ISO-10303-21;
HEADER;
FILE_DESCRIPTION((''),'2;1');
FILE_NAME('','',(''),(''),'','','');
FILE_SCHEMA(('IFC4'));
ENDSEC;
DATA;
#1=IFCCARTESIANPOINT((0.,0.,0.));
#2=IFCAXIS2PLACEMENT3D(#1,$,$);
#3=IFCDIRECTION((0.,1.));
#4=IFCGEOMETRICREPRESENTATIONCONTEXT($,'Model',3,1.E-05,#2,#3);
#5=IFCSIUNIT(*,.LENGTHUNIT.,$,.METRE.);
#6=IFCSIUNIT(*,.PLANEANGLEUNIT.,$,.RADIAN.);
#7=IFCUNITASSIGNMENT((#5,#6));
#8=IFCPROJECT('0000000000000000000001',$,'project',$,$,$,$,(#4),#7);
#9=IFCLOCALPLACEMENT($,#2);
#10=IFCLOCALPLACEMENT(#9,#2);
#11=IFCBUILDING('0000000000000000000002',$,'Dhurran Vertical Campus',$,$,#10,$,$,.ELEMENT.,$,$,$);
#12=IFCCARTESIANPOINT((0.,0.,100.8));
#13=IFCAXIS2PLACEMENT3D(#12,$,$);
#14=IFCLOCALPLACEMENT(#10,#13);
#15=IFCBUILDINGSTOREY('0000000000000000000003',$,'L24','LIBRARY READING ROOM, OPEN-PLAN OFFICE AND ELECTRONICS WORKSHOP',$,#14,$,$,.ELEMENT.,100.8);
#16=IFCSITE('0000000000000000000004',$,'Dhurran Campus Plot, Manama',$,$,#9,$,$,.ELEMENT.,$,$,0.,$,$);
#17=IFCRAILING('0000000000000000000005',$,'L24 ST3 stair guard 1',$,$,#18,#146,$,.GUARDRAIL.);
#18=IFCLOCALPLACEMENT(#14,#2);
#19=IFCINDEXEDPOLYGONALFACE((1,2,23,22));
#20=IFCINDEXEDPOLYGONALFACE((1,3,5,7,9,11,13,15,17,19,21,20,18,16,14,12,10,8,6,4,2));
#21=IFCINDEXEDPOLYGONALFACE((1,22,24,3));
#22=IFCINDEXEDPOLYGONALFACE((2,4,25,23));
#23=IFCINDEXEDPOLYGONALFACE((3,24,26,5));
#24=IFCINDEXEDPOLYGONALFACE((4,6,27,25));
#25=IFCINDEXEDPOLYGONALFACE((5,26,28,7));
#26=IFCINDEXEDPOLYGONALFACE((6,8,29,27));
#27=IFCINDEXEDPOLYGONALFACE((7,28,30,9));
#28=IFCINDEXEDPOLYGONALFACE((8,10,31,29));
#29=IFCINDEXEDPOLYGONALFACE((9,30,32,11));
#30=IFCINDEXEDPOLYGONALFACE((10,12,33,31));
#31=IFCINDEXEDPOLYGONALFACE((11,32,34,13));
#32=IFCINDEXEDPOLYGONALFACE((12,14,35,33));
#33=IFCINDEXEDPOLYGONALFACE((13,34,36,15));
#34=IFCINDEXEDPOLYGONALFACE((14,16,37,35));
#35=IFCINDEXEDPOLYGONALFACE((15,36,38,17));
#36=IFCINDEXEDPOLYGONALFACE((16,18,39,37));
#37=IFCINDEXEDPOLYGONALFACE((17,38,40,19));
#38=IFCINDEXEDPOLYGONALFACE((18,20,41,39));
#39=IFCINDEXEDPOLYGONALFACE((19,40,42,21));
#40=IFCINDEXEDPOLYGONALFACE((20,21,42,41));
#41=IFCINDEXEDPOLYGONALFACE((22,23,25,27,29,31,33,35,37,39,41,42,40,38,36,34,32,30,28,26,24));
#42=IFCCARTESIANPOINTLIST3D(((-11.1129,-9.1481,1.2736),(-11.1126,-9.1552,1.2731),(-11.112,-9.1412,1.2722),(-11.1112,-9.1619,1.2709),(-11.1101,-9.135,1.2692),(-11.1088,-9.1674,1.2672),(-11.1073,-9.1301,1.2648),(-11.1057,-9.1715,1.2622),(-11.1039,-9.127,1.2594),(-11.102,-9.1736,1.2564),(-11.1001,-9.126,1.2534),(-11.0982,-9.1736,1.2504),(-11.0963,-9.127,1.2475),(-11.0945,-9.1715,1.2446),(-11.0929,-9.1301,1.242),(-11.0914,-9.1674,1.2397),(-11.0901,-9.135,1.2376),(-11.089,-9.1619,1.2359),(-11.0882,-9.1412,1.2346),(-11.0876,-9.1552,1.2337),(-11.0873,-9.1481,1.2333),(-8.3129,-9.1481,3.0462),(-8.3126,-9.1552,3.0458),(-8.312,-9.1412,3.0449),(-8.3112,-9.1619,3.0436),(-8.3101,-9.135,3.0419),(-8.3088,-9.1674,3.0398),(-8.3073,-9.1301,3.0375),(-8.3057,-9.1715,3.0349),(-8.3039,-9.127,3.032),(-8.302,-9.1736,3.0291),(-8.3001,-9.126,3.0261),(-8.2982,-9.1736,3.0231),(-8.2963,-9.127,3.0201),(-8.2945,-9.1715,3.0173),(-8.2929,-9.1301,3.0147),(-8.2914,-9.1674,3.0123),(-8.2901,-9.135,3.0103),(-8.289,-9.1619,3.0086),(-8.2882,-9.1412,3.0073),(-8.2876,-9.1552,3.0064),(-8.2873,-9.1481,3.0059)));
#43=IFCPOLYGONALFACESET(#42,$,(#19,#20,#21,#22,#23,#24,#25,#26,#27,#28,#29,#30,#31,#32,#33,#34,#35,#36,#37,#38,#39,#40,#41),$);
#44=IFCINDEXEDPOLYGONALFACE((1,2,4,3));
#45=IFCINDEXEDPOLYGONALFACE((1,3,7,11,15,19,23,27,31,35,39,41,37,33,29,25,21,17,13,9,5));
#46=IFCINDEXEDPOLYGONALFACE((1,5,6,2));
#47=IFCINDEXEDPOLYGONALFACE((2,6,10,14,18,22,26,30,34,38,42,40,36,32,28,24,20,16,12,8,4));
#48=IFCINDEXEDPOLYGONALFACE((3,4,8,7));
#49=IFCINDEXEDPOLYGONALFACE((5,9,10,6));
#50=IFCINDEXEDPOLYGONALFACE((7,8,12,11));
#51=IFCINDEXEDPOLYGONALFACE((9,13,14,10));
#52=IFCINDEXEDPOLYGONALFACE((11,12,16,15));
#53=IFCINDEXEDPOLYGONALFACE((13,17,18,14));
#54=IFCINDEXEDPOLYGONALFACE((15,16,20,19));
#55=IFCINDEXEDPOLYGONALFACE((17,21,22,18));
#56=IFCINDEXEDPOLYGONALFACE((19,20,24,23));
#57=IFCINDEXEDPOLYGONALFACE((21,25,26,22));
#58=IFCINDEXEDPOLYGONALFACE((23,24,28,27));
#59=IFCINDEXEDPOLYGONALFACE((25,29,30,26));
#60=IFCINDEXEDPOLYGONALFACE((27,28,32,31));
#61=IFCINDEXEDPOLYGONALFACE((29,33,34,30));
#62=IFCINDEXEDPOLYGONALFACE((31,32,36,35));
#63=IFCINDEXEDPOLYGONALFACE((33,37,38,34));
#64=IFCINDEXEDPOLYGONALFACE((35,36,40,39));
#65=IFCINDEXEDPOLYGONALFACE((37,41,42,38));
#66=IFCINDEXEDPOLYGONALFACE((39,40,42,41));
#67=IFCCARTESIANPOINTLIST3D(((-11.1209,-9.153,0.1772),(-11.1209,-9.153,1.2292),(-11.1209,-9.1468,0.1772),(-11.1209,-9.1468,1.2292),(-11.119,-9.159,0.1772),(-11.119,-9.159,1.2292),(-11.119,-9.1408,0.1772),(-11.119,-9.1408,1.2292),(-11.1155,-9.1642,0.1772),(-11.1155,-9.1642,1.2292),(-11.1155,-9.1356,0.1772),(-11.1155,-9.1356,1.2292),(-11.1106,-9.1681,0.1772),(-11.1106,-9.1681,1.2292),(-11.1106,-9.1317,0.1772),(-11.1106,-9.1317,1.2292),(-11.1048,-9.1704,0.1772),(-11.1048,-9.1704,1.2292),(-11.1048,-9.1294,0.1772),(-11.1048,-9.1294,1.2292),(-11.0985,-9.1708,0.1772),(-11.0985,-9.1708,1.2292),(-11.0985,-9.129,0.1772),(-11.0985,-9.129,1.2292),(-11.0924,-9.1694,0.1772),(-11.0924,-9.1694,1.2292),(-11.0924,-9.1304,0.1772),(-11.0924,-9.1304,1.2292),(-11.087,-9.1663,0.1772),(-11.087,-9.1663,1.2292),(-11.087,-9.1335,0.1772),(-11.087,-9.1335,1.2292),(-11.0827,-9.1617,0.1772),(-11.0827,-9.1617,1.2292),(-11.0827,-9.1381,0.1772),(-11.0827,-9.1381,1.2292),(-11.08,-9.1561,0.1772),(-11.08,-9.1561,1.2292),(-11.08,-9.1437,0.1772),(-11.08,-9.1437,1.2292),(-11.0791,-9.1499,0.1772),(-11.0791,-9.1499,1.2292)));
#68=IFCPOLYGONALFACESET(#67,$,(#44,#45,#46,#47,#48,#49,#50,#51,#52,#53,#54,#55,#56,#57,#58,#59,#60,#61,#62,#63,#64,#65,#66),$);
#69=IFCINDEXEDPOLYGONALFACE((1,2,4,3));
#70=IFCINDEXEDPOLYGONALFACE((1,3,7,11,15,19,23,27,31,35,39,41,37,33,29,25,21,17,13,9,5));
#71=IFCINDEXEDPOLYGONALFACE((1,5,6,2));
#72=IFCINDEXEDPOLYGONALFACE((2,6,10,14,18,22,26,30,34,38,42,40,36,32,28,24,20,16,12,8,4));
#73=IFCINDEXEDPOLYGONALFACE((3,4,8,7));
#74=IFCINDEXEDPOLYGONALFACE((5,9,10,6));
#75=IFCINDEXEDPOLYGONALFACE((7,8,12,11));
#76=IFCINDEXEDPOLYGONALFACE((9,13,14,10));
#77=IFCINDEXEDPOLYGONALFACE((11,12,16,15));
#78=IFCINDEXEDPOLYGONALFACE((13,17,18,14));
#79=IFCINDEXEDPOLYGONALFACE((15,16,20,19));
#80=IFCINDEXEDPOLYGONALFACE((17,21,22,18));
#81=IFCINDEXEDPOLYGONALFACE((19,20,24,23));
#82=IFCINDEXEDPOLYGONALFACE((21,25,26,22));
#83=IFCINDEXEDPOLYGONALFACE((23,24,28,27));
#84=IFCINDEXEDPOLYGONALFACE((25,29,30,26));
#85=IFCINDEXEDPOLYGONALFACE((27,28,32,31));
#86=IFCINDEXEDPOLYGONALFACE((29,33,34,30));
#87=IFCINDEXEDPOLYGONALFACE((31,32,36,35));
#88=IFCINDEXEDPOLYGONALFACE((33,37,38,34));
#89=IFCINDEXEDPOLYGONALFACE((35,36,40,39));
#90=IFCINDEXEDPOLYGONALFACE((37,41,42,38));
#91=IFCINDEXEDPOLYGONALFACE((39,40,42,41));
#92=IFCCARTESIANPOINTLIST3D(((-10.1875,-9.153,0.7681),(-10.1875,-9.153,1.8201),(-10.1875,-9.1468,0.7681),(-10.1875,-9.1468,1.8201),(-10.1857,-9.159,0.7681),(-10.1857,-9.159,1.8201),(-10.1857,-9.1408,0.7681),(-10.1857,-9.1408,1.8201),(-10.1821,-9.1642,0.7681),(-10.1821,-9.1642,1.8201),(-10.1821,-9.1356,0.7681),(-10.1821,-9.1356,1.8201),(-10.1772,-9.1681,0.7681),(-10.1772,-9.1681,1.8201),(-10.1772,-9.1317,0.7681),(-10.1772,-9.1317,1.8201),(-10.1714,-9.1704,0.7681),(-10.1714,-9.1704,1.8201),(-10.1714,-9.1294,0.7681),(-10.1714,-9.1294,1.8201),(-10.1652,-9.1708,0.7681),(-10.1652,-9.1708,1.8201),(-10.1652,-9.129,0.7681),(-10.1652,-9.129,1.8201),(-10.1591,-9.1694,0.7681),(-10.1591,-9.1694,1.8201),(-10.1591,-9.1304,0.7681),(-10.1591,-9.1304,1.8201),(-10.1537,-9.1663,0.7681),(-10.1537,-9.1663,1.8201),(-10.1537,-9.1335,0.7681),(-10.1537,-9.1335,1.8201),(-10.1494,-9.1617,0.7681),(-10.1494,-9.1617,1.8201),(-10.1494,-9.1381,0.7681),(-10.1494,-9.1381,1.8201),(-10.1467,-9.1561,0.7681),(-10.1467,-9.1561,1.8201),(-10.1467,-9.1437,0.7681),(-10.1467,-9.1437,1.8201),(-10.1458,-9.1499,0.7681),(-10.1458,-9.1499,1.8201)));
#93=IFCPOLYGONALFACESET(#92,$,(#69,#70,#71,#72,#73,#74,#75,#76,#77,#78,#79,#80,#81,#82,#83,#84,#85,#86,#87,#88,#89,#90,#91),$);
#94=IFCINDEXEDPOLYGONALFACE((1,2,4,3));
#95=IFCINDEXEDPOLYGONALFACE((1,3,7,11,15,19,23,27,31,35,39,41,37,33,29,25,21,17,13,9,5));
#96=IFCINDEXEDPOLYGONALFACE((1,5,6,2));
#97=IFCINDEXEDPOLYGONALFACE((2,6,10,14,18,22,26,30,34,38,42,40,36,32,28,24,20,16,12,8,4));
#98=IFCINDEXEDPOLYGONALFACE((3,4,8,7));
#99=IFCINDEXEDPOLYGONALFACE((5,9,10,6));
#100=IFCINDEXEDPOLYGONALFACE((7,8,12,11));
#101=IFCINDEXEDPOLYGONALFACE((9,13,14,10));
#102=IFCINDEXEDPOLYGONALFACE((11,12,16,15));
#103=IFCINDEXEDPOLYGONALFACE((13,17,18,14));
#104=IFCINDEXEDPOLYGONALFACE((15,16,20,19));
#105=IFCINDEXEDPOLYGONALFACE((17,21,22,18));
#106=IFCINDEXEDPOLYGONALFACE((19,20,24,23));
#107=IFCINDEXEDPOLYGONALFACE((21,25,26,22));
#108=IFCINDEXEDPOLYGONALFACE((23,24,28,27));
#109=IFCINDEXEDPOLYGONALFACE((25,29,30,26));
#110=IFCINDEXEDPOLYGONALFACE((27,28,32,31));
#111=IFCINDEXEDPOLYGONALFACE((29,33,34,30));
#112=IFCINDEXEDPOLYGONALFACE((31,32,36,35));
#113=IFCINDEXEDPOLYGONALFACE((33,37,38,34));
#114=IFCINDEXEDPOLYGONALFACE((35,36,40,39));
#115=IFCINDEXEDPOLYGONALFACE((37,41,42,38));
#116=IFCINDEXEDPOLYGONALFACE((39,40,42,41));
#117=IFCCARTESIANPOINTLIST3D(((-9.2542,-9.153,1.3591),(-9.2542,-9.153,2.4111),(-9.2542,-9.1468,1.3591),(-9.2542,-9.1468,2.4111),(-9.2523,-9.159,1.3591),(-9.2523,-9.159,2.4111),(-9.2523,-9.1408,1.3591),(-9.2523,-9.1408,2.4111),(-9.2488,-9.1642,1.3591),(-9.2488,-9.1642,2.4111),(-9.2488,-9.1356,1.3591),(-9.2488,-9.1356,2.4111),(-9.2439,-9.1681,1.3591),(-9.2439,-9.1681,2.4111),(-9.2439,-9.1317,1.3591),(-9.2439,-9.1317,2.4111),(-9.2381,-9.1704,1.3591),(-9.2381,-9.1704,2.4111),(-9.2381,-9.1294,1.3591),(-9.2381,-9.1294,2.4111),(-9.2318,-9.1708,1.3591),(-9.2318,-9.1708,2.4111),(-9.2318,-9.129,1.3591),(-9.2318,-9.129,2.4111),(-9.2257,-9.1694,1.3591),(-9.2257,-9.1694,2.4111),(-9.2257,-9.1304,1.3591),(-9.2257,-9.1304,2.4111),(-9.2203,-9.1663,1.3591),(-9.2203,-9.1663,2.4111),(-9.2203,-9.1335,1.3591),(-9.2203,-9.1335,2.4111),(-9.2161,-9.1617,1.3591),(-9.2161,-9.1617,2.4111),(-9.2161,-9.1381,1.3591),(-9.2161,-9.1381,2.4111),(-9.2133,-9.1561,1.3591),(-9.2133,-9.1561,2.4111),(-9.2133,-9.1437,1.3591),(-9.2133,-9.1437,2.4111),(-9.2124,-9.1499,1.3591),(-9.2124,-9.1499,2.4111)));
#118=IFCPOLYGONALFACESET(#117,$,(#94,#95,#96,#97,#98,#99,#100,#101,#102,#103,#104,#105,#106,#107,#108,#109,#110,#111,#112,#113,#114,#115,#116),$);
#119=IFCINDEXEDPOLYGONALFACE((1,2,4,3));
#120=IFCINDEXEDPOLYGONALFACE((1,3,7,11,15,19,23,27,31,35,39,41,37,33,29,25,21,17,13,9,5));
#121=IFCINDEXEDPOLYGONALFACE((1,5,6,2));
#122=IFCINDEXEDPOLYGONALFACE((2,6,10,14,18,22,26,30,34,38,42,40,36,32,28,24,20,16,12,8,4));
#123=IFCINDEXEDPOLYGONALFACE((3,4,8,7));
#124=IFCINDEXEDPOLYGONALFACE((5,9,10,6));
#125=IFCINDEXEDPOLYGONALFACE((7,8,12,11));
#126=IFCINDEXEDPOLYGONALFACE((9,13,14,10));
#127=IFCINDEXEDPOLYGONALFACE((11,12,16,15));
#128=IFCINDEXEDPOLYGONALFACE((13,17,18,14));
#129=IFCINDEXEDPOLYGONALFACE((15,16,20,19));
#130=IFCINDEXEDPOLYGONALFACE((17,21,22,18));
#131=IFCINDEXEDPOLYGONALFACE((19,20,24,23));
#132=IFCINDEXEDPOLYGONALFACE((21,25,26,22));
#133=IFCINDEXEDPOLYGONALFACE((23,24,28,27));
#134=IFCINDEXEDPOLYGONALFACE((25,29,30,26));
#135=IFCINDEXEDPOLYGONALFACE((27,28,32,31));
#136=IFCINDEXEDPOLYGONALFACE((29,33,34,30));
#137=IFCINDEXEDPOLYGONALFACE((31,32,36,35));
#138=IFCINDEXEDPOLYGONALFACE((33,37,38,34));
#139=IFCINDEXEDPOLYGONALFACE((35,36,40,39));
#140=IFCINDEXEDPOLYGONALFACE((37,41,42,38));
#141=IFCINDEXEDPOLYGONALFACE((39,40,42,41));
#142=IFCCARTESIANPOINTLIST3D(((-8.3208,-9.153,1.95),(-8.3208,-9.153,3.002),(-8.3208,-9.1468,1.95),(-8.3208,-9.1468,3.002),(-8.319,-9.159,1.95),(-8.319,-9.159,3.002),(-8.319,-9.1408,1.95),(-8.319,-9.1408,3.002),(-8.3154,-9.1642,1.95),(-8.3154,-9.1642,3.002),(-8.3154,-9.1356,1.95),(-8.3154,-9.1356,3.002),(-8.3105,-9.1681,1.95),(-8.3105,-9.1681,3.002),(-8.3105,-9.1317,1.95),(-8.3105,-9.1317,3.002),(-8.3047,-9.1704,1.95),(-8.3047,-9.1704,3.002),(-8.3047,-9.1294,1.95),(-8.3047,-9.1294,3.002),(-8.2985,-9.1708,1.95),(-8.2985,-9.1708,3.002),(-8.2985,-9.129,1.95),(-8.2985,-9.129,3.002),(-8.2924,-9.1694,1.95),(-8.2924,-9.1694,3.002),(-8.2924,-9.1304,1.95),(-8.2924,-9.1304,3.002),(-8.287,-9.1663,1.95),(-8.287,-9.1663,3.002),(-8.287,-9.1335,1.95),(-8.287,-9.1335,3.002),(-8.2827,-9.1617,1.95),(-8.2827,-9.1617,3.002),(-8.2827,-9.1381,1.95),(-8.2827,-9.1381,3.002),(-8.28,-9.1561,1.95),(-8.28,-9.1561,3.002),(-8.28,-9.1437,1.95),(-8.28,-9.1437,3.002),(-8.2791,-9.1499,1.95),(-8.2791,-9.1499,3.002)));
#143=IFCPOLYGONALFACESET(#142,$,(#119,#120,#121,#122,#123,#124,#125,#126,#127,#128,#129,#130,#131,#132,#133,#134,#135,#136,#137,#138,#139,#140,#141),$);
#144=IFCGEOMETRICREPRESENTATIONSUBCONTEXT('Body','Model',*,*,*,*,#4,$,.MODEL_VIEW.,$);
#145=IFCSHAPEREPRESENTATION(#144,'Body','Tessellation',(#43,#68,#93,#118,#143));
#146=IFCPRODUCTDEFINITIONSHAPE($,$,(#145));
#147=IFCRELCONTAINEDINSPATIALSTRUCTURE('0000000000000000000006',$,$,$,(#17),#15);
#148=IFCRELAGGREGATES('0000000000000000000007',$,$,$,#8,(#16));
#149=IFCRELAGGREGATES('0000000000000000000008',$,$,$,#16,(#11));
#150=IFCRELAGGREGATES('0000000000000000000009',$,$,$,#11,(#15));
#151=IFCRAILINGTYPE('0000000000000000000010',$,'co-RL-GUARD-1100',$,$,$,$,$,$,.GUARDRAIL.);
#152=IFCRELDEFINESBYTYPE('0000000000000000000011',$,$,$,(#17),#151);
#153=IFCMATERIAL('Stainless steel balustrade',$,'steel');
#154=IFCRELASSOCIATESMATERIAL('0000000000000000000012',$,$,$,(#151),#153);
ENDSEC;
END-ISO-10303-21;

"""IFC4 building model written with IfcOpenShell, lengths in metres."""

from ifc_helpers import new_model, si_unit, direction, frame, origin, origin_2d, place, context, subcontext, project, spatial, circle, extrude, material, type_object, element, save


model = new_model("IFC4")

# Units and contexts
model_context = context("Model", 3, precision=1e-05, world=origin(), true_north=direction((0.0, 1.0)))
body_context = subcontext(model_context, "Body", "Model", "MODEL_VIEW")
ifc_project = project(units=[si_unit("LENGTHUNIT", "METRE"), si_unit("PLANEANGLEUNIT", "RADIAN")], contexts=[model_context])

# Site, building, storey
site_placement = place(None, origin())
site = spatial("IfcSite", under=ifc_project, at=site_placement, Name="Dhurran Campus Plot, Manama", CompositionType="ELEMENT", RefElevation=0.0)
building_placement = place(site_placement, origin())
building = spatial("IfcBuilding", under=site, at=building_placement, Name="Dhurran Vertical Campus", CompositionType="ELEMENT")
storey_placement = place(building_placement, frame((0.0, 0.0, 100.8)))
storey = spatial("IfcBuildingStorey", under=building, at=storey_placement, Name="L24", Description="LIBRARY READING ROOM, OPEN-PLAN OFFICE AND ELECTRONICS WORKSHOP", CompositionType="ELEMENT", Elevation=100.8)

# Railing
ifc_material_1 = material(Name="Stainless steel balustrade", Category="steel")
railing_type_1 = type_object("IfcRailingType", Name="co-RL-GUARD-1100", PredefinedType="GUARDRAIL", material=ifc_material_1)
railing_1_placement = place(storey_placement, frame((-11.1001, -9.1499, 0.1772)))
element("IfcRailing", 1, at=railing_1_placement, inside=storey, type_object=railing_type_1, Name="L24 ST3 stair guard 1", PredefinedType="GUARDRAIL", context=body_context, shape_type="SweptSolid", body=[
    extrude(circle(Radius=0.0239, at=origin_2d()), frame((0.0, 0.0, 1.0762), z_axis=(0.844909, 0.0, 0.53491), x_axis=(0.0, 1.0, 0.0)), (0.0, 0.0, 1.0), 3.314),
    extrude(circle(Radius=0.021, at=origin_2d()), origin(), (0.0, 0.0, 1.0), 1.052),
    extrude(circle(Radius=0.021, at=origin_2d()), frame((0.9333, 0.0, 0.5908)), (0.0, 0.0, 1.0), 1.052),
    extrude(circle(Radius=0.021, at=origin_2d()), frame((1.8667, 0.0, 1.1819)), (0.0, 0.0, 1.0), 1.052),
    extrude(circle(Radius=0.021, at=origin_2d()), frame((2.8, 0.0, 1.7727)), (0.0, 0.0, 1.0), 1.052),
])

save(model, "model.ifc")
